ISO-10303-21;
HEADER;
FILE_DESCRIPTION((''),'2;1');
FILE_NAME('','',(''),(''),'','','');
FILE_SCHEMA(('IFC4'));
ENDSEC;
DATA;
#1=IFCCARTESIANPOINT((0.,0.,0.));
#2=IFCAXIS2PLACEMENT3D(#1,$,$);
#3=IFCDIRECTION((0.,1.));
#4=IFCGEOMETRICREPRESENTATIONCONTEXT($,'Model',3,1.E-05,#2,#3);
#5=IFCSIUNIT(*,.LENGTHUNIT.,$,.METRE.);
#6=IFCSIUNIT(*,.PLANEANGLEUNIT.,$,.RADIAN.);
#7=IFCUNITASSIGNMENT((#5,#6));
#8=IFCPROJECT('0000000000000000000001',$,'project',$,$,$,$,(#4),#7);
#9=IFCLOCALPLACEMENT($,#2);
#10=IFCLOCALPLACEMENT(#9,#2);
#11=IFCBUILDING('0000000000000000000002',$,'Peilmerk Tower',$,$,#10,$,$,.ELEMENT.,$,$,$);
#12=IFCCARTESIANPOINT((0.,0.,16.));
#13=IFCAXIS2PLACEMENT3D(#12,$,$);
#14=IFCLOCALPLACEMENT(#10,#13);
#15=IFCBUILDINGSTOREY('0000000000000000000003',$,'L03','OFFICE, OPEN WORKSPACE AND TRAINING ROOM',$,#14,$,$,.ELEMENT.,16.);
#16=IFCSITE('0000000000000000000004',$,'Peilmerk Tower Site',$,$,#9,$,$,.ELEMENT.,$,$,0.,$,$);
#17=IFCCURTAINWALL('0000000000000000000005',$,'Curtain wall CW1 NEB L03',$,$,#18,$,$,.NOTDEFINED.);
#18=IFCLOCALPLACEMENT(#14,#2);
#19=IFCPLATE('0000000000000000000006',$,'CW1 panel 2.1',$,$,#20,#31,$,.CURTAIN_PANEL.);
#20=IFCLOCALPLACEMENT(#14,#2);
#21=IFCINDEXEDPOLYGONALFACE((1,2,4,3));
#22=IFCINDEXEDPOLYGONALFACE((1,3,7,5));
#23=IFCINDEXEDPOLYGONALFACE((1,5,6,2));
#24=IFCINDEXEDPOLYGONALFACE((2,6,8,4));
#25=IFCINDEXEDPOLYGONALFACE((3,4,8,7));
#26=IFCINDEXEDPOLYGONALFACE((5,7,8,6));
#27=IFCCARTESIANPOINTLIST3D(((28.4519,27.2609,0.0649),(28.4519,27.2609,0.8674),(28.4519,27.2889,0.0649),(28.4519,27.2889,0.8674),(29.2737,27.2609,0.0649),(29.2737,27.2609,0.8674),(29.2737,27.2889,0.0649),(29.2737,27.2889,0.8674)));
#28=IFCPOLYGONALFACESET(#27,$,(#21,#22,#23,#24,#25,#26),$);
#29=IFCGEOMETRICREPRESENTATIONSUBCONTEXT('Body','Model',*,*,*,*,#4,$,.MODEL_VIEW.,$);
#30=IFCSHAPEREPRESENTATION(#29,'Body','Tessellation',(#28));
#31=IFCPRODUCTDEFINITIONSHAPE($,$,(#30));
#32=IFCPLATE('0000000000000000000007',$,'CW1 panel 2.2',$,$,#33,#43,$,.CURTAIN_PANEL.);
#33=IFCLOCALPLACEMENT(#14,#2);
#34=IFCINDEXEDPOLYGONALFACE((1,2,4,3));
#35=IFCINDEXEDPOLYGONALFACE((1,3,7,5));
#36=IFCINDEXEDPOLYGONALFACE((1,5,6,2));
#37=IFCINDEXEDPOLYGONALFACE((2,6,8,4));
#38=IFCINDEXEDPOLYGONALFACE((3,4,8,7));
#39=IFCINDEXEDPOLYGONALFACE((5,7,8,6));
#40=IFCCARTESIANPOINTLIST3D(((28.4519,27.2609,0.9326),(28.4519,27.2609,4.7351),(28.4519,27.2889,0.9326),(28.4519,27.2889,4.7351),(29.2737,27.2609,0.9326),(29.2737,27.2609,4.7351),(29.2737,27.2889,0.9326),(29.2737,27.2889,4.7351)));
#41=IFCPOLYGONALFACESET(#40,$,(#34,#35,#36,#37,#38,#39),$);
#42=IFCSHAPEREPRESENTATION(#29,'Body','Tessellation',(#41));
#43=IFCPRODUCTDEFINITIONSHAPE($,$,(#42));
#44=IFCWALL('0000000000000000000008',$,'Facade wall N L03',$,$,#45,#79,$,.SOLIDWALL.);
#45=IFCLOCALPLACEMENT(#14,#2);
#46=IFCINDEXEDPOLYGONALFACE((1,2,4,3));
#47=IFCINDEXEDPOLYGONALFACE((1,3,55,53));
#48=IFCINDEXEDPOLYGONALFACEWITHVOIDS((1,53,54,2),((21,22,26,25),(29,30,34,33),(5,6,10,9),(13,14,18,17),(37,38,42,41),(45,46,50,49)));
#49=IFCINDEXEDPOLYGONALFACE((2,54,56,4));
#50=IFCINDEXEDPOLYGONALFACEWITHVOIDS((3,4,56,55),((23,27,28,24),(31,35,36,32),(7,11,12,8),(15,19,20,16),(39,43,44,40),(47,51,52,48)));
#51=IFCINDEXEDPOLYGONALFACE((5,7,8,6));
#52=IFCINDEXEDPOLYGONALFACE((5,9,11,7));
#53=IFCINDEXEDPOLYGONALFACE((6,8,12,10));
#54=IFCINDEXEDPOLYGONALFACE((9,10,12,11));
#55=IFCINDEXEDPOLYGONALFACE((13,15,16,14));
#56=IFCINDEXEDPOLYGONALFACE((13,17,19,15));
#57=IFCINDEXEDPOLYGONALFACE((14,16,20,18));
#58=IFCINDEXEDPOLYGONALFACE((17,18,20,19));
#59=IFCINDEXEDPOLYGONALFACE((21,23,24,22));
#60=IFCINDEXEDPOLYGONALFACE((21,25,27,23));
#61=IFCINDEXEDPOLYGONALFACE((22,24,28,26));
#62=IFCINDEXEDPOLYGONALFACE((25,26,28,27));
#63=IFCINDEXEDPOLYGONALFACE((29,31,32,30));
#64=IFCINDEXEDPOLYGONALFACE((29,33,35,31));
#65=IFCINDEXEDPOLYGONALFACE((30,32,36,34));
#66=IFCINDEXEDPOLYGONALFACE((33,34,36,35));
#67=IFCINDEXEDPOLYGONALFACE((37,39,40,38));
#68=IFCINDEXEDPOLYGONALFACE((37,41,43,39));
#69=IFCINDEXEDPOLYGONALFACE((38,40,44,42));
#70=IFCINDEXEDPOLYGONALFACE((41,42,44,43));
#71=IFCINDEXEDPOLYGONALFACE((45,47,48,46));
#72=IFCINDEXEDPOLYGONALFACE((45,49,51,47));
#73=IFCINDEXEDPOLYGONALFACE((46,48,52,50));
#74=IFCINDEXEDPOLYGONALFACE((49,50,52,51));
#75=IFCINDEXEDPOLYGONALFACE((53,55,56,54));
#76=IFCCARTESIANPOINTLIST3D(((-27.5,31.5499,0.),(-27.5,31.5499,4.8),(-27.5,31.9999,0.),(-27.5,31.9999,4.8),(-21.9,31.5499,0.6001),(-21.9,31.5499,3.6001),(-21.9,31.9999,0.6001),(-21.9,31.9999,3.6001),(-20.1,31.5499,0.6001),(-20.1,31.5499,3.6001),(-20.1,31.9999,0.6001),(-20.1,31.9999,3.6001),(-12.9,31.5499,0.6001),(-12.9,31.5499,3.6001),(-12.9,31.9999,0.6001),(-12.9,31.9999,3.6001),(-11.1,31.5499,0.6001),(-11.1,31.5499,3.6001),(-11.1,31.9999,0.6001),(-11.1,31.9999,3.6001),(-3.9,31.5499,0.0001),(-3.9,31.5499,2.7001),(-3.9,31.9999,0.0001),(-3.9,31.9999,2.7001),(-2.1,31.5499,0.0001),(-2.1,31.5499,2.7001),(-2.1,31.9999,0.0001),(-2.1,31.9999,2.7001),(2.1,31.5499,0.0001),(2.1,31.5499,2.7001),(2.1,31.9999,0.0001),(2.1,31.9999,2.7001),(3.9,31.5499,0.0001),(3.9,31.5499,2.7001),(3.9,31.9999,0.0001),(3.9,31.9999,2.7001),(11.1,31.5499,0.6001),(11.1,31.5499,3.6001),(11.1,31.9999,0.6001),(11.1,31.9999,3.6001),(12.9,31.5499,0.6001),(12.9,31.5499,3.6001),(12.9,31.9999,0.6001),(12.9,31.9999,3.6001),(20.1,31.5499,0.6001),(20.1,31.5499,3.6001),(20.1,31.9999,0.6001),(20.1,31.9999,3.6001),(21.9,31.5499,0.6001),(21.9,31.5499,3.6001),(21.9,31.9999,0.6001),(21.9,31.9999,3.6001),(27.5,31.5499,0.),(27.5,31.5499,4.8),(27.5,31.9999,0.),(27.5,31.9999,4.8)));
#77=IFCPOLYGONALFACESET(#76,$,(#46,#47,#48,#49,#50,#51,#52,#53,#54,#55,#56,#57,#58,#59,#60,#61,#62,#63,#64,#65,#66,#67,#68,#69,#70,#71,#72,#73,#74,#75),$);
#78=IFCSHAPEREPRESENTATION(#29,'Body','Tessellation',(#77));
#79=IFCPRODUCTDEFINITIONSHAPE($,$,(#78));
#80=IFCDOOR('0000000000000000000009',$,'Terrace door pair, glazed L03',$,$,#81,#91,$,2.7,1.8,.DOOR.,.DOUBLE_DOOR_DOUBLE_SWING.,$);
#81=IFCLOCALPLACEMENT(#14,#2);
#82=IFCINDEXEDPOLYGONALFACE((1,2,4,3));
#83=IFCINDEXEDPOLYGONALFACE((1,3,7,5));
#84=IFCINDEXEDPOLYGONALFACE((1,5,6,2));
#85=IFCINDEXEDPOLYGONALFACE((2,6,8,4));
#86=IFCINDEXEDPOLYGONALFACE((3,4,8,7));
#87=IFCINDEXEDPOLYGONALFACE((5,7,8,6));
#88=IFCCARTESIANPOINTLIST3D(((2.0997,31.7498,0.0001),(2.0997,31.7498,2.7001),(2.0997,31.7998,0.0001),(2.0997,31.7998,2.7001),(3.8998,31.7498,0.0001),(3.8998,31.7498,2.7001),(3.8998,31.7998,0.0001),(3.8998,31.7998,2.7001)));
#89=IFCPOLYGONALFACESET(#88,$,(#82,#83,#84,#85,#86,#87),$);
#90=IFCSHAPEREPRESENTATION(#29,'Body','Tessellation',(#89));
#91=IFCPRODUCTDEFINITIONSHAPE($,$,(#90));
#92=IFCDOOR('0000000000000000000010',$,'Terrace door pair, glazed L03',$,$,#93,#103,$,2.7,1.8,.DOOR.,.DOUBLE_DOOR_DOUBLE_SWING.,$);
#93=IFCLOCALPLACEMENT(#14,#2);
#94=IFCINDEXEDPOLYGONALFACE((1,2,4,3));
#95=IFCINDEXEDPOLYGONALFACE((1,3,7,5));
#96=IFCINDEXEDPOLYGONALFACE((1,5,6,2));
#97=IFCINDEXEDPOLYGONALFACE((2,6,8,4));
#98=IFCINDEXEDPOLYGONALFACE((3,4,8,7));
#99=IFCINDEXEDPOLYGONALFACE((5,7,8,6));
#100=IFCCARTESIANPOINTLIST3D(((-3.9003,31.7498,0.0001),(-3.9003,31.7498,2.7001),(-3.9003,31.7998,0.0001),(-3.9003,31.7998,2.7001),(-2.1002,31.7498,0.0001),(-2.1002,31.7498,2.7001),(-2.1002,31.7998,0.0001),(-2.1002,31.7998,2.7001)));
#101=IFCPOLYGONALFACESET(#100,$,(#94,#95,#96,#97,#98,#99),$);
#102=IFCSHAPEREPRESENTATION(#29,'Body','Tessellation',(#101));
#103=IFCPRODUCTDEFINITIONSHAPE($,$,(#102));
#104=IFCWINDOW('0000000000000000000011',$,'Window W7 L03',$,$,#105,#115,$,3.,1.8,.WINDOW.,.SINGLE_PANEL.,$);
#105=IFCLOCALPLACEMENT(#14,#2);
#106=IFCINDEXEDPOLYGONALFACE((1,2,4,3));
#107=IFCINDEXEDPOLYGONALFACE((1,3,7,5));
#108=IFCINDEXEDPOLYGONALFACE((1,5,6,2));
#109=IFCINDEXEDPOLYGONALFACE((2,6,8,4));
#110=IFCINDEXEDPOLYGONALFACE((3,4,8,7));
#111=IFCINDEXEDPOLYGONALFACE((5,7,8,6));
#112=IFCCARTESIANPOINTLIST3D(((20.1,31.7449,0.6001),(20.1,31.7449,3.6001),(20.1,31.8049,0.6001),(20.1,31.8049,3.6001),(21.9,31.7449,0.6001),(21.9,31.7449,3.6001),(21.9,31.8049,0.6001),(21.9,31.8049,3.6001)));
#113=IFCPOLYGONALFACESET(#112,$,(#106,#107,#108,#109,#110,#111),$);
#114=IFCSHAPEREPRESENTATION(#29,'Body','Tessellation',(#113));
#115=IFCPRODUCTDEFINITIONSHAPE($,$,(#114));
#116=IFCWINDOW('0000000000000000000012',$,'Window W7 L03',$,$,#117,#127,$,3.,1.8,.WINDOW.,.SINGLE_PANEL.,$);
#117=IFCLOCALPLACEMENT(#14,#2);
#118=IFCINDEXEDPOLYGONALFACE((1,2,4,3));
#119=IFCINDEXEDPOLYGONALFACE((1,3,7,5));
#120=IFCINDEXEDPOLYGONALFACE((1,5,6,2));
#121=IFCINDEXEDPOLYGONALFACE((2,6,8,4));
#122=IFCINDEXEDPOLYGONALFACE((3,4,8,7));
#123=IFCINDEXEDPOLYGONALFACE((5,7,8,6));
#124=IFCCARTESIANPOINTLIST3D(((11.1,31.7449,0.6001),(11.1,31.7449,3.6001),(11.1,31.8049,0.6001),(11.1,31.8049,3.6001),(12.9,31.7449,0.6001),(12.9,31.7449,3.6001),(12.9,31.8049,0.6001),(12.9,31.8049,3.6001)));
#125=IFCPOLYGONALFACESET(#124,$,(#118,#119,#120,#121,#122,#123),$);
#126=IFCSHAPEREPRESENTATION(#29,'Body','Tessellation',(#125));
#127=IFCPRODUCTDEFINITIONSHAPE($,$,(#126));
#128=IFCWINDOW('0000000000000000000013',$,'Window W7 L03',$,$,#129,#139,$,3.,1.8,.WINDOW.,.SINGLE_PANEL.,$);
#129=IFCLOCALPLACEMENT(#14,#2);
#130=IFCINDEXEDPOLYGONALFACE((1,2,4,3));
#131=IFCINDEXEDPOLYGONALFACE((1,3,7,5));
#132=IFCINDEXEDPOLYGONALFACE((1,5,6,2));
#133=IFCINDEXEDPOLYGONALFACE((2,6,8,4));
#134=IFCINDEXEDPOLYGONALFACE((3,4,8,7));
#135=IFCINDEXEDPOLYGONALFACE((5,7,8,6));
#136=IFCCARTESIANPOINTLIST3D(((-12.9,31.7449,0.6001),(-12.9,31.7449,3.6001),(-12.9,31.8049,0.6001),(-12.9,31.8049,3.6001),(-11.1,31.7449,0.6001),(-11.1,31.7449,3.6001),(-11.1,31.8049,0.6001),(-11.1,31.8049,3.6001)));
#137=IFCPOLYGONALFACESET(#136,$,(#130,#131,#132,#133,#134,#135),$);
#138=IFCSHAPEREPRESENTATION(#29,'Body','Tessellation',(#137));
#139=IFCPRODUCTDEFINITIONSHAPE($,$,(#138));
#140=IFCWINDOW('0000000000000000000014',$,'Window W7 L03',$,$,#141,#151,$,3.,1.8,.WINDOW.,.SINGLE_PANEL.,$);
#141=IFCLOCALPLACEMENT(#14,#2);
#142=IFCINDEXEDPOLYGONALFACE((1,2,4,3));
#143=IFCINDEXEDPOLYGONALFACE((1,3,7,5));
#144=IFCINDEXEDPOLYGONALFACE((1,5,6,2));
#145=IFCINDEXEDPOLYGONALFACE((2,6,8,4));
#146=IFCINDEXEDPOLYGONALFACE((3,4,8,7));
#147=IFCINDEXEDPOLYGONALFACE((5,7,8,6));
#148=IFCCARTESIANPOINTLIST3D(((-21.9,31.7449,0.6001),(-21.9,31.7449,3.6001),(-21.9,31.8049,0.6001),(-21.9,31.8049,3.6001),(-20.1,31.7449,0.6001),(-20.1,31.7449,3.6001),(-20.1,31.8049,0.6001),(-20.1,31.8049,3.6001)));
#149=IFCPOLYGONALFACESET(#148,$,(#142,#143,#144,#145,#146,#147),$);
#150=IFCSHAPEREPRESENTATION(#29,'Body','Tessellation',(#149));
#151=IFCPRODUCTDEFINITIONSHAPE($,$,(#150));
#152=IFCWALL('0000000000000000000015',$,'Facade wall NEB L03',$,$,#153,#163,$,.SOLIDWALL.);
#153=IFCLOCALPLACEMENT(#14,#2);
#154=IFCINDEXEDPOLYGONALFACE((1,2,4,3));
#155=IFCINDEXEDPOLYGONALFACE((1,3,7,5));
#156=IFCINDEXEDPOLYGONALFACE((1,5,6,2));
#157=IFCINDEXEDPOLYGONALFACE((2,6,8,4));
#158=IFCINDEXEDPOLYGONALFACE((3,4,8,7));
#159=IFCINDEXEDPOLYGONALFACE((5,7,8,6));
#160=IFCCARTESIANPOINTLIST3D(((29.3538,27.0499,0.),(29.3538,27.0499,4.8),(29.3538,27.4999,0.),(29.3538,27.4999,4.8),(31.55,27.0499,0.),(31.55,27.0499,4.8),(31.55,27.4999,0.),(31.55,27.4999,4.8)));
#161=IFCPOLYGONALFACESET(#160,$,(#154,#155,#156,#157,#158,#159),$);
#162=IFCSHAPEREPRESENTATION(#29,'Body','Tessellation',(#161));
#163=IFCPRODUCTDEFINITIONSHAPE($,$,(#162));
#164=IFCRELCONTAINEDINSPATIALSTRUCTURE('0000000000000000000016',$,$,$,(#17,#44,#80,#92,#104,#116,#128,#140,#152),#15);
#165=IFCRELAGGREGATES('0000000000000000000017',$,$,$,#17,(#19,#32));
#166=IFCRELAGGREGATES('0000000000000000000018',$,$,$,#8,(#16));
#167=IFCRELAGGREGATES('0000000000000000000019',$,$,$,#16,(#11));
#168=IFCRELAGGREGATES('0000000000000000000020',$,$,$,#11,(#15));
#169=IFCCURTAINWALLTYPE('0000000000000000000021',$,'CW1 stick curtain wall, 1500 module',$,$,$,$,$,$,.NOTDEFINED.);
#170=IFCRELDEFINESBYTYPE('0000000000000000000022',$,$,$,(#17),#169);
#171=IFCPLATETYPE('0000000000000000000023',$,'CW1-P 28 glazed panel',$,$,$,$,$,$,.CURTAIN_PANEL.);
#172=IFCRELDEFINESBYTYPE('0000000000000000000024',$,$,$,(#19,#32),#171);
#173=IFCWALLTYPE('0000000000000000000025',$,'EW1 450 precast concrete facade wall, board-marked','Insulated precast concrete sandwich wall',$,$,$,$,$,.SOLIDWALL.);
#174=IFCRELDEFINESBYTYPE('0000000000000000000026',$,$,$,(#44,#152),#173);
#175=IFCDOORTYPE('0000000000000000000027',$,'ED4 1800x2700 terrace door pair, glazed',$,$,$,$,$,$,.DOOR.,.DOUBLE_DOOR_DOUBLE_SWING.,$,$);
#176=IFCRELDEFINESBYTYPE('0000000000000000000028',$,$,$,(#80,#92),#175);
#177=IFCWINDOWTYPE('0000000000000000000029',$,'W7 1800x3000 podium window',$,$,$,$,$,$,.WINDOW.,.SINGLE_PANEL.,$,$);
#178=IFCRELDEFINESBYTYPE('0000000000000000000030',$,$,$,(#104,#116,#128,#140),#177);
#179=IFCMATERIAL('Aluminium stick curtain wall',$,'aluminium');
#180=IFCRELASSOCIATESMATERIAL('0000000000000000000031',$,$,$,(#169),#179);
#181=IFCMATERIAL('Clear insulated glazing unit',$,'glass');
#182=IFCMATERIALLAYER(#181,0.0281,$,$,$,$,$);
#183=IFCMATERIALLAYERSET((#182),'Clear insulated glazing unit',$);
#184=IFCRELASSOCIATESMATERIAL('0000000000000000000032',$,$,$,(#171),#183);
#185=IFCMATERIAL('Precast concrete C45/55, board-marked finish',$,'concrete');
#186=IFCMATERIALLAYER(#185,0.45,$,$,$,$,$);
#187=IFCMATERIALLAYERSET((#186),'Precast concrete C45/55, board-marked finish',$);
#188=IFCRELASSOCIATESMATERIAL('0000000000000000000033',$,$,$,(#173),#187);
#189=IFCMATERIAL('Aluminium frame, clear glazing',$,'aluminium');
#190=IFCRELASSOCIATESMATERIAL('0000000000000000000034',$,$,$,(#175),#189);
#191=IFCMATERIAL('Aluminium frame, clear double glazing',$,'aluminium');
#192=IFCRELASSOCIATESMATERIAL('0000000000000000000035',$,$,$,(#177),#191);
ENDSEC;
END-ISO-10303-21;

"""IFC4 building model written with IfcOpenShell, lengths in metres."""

from ifc_helpers import new_model, si_unit, direction, frame, frame_2d, origin, origin_2d, place, context, subcontext, project, spatial, rectangle, extrude, material, layer, layer_set, type_object, element, fill, aggregate, save


model = new_model("IFC4")

# Units and contexts
model_context = context("Model", 3, precision=1e-05, world=origin(), true_north=direction((0.0, 1.0)))
body_context = subcontext(model_context, "Body", "Model", "MODEL_VIEW")
ifc_project = project(units=[si_unit("LENGTHUNIT", "METRE"), si_unit("PLANEANGLEUNIT", "RADIAN")], contexts=[model_context])

# Site, building, storey
site_placement = place(None, origin())
site = spatial("IfcSite", under=ifc_project, at=site_placement, Name="Peilmerk Tower Site", CompositionType="ELEMENT", RefElevation=0.0)
building_placement = place(site_placement, origin())
building = spatial("IfcBuilding", under=site, at=building_placement, Name="Peilmerk Tower", CompositionType="ELEMENT")
storey_placement = place(building_placement, frame((0.0, 0.0, 16.0)))
storey = spatial("IfcBuildingStorey", under=building, at=storey_placement, Name="L03", Description="OFFICE, OPEN WORKSPACE AND TRAINING ROOM", CompositionType="ELEMENT", Elevation=16.0)

# Curtain wall, plates
ifc_material_1 = material(Name="Aluminium stick curtain wall", Category="aluminium")
curtain_wall_type = type_object("IfcCurtainWallType", Name="CW1 stick curtain wall, 1500 module", PredefinedType="NOTDEFINED", material=ifc_material_1)
curtain_wall_placement = place(storey_placement, origin())
curtain_wall = element("IfcCurtainWall", 1, at=curtain_wall_placement, inside=storey, type_object=curtain_wall_type, Name="Curtain wall CW1 NEB L03", PredefinedType="NOTDEFINED")
ifc_material_2 = material(Name="Clear insulated glazing unit", Category="glass")
ifc_layer_1 = layer(ifc_material_2, 0.0281)
ifc_layer_set_1 = layer_set([ifc_layer_1], Name="Clear insulated glazing unit")
plate_type = type_object("IfcPlateType", Name="CW1-P 28 glazed panel", PredefinedType="CURTAIN_PANEL", material=ifc_layer_set_1)
plate_1_placement = place(storey_placement, frame((28.8628, 27.2749, 0.0649), z_axis=(0.0, 0.0, 1.0), x_axis=(1.0, 0.0, 0.0)))
plate_1 = element("IfcPlate", 2, at=plate_1_placement, type_object=plate_type, Name="CW1 panel 2.1", PredefinedType="CURTAIN_PANEL", context=body_context, shape_type="SweptSolid", body=[
    extrude(rectangle(XDim=0.8218, YDim=0.0281, at=origin_2d()), origin(), (0.0, 0.0, 1.0), 0.8025),
])
plate_2_placement = place(storey_placement, frame((28.8628, 27.2749, 0.9326), z_axis=(0.0, 0.0, 1.0), x_axis=(1.0, 0.0, 0.0)))
plate_2 = element("IfcPlate", 3, at=plate_2_placement, type_object=plate_type, Name="CW1 panel 2.2", PredefinedType="CURTAIN_PANEL", context=body_context, shape_type="SweptSolid", body=[
    extrude(rectangle(XDim=0.8218, YDim=0.0281, at=origin_2d()), origin(), (0.0, 0.0, 1.0), 3.8025),
])
aggregate(curtain_wall, [plate_1, plate_2])

# Wall, openings, doors, windows
ifc_material_3 = material(Name="Precast concrete C45/55, board-marked finish", Category="concrete")
ifc_layer_2 = layer(ifc_material_3, 0.45)
ifc_layer_set_2 = layer_set([ifc_layer_2], Name="Precast concrete C45/55, board-marked finish")
wall_type = type_object("IfcWallType", Name="EW1 450 precast concrete facade wall, board-marked", Description="Insulated precast concrete sandwich wall", PredefinedType="SOLIDWALL", material=ifc_layer_set_2)
wall_1_placement = place(storey_placement, frame((27.5, 31.7749, 0.0), z_axis=(0.0, 0.0, 1.0), x_axis=(-1.0, 0.0, 0.0)))
wall_1 = element("IfcWall", 4, at=wall_1_placement, inside=storey, type_object=wall_type, Name="Facade wall N L03", PredefinedType="SOLIDWALL", context=body_context, shape_type="SweptSolid", body=[
    extrude(rectangle(XDim=55.0, YDim=0.45, at=frame_2d((27.5, 0.0))), origin(), (0.0, 0.0, 1.0), 4.8),
])
opening_1_placement = place(wall_1_placement, frame((5.6001, 0.0, 0.6001)))
opening_1 = element("IfcOpeningElement", 5, at=opening_1_placement, cuts=wall_1, PredefinedType="OPENING", context=body_context, shape_type="SweptSolid", body=[
    extrude(rectangle(XDim=1.8, YDim=3.0, at=frame_2d((0.8999, 1.5))), frame((0.0, 0.2349, 0.0), z_axis=(0.0, -1.0, 0.0), x_axis=(1.0, 0.0, 0.0)), (0.0, 0.0, 1.0), 0.47),
])
opening_2_placement = place(wall_1_placement, frame((14.6001, 0.0, 0.6001)))
opening_2 = element("IfcOpeningElement", 6, at=opening_2_placement, cuts=wall_1, PredefinedType="OPENING", context=body_context, shape_type="SweptSolid", body=[
    extrude(rectangle(XDim=1.8, YDim=3.0, at=frame_2d((0.8999, 1.5))), frame((0.0, 0.2349, 0.0), z_axis=(0.0, -1.0, 0.0), x_axis=(1.0, 0.0, 0.0)), (0.0, 0.0, 1.0), 0.47),
])
opening_3_placement = place(wall_1_placement, frame((38.6001, 0.0, 0.6001)))
opening_3 = element("IfcOpeningElement", 7, at=opening_3_placement, cuts=wall_1, PredefinedType="OPENING", context=body_context, shape_type="SweptSolid", body=[
    extrude(rectangle(XDim=1.8, YDim=3.0, at=frame_2d((0.8999, 1.5))), frame((0.0, 0.2349, 0.0), z_axis=(0.0, -1.0, 0.0), x_axis=(1.0, 0.0, 0.0)), (0.0, 0.0, 1.0), 0.47),
])
opening_4_placement = place(wall_1_placement, frame((47.6001, 0.0, 0.6001)))
opening_4 = element("IfcOpeningElement", 8, at=opening_4_placement, cuts=wall_1, PredefinedType="OPENING", context=body_context, shape_type="SweptSolid", body=[
    extrude(rectangle(XDim=1.8, YDim=3.0, at=frame_2d((0.8999, 1.5))), frame((0.0, 0.2349, 0.0), z_axis=(0.0, -1.0, 0.0), x_axis=(1.0, 0.0, 0.0)), (0.0, 0.0, 1.0), 0.47),
])
opening_5_placement = place(wall_1_placement, frame((23.6001, 0.0, 0.0)))
opening_5 = element("IfcOpeningElement", 9, at=opening_5_placement, cuts=wall_1, PredefinedType="OPENING", context=body_context, shape_type="SweptSolid", body=[
    extrude(rectangle(XDim=1.8, YDim=2.7, at=frame_2d((0.8999, 1.3501))), frame((0.0, 0.2349, 0.0), z_axis=(0.0, -1.0, 0.0), x_axis=(1.0, 0.0, 0.0)), (0.0, 0.0, 1.0), 0.47),
])
opening_6_placement = place(wall_1_placement, frame((29.6001, 0.0, 0.0)))
opening_6 = element("IfcOpeningElement", 10, at=opening_6_placement, cuts=wall_1, PredefinedType="OPENING", context=body_context, shape_type="SweptSolid", body=[
    extrude(rectangle(XDim=1.8, YDim=2.7, at=frame_2d((0.8999, 1.3501))), frame((0.0, 0.2349, 0.0), z_axis=(0.0, -1.0, 0.0), x_axis=(1.0, 0.0, 0.0)), (0.0, 0.0, 1.0), 0.47),
])
ifc_material_4 = material(Name="Aluminium frame, clear glazing", Category="aluminium")
door_type = type_object("IfcDoorType", Name="ED4 1800x2700 terrace door pair, glazed", OperationType="DOUBLE_DOOR_DOUBLE_SWING", PredefinedType="DOOR", material=ifc_material_4)
door_1_placement = place(opening_5_placement, frame((1.8, 0.0, 0.0), z_axis=(0.0, 0.0, 1.0), x_axis=(-1.0, 0.0, 0.0)))
door_1 = element("IfcDoor", 11, at=door_1_placement, inside=storey, type_object=door_type, Name="Terrace door pair, glazed L03", OperationType="DOUBLE_DOOR_DOUBLE_SWING", OverallHeight=2.7, OverallWidth=1.8, PredefinedType="DOOR", context=body_context, shape_type="SweptSolid", body=[
    extrude(rectangle(XDim=1.8, YDim=2.7, at=frame_2d((0.8999, 1.3501))), frame((0.0, 0.0249, 0.0), z_axis=(0.0, -1.0, 0.0), x_axis=(1.0, 0.0, 0.0)), (0.0, 0.0, 1.0), 0.05),
])
fill(opening_5, door_1)
door_2_placement = place(opening_6_placement, frame((1.8, 0.0, 0.0), z_axis=(0.0, 0.0, 1.0), x_axis=(-1.0, 0.0, 0.0)))
door_2 = element("IfcDoor", 12, at=door_2_placement, inside=storey, type_object=door_type, Name="Terrace door pair, glazed L03", OperationType="DOUBLE_DOOR_DOUBLE_SWING", OverallHeight=2.7, OverallWidth=1.8, PredefinedType="DOOR", context=body_context, shape_type="SweptSolid", body=[
    extrude(rectangle(XDim=1.8, YDim=2.7, at=frame_2d((0.8999, 1.3501))), frame((0.0, 0.0249, 0.0), z_axis=(0.0, -1.0, 0.0), x_axis=(1.0, 0.0, 0.0)), (0.0, 0.0, 1.0), 0.05),
])
fill(opening_6, door_2)
ifc_material_5 = material(Name="Aluminium frame, clear double glazing", Category="aluminium")
window_type = type_object("IfcWindowType", Name="W7 1800x3000 podium window", PartitioningType="SINGLE_PANEL", PredefinedType="WINDOW", material=ifc_material_5)
window_1_placement = place(opening_1_placement, origin())
window_1 = element("IfcWindow", 13, at=window_1_placement, inside=storey, type_object=window_type, Name="Window W7 L03", OverallHeight=3.0, OverallWidth=1.8, PartitioningType="SINGLE_PANEL", PredefinedType="WINDOW", context=body_context, shape_type="SweptSolid", body=[
    extrude(rectangle(XDim=1.8, YDim=3.0, at=frame_2d((0.8999, 1.5))), frame((0.0, 0.03, 0.0), z_axis=(0.0, -1.0, 0.0), x_axis=(1.0, 0.0, 0.0)), (0.0, 0.0, 1.0), 0.0601),
])
fill(opening_1, window_1)
window_2_placement = place(opening_2_placement, origin())
window_2 = element("IfcWindow", 14, at=window_2_placement, inside=storey, type_object=window_type, Name="Window W7 L03", OverallHeight=3.0, OverallWidth=1.8, PartitioningType="SINGLE_PANEL", PredefinedType="WINDOW", context=body_context, shape_type="SweptSolid", body=[
    extrude(rectangle(XDim=1.8, YDim=3.0, at=frame_2d((0.8999, 1.5))), frame((0.0, 0.03, 0.0), z_axis=(0.0, -1.0, 0.0), x_axis=(1.0, 0.0, 0.0)), (0.0, 0.0, 1.0), 0.0601),
])
fill(opening_2, window_2)
window_3_placement = place(opening_3_placement, origin())
window_3 = element("IfcWindow", 15, at=window_3_placement, inside=storey, type_object=window_type, Name="Window W7 L03", OverallHeight=3.0, OverallWidth=1.8, PartitioningType="SINGLE_PANEL", PredefinedType="WINDOW", context=body_context, shape_type="SweptSolid", body=[
    extrude(rectangle(XDim=1.8, YDim=3.0, at=frame_2d((0.8999, 1.5))), frame((0.0, 0.03, 0.0), z_axis=(0.0, -1.0, 0.0), x_axis=(1.0, 0.0, 0.0)), (0.0, 0.0, 1.0), 0.0601),
])
fill(opening_3, window_3)
window_4_placement = place(opening_4_placement, origin())
window_4 = element("IfcWindow", 16, at=window_4_placement, inside=storey, type_object=window_type, Name="Window W7 L03", OverallHeight=3.0, OverallWidth=1.8, PartitioningType="SINGLE_PANEL", PredefinedType="WINDOW", context=body_context, shape_type="SweptSolid", body=[
    extrude(rectangle(XDim=1.8, YDim=3.0, at=frame_2d((0.8999, 1.5))), frame((0.0, 0.03, 0.0), z_axis=(0.0, -1.0, 0.0), x_axis=(1.0, 0.0, 0.0)), (0.0, 0.0, 1.0), 0.0601),
])
fill(opening_4, window_4)

# Wall
wall_2_placement = place(storey_placement, frame((29.3538, 27.2749, 0.0), z_axis=(0.0, 0.0, 1.0), x_axis=(1.0, 0.0, 0.0)))
element("IfcWall", 17, at=wall_2_placement, inside=storey, type_object=wall_type, Name="Facade wall NEB L03", PredefinedType="SOLIDWALL", context=body_context, shape_type="SweptSolid", body=[
    extrude(rectangle(XDim=2.1963, YDim=0.45, at=frame_2d((1.0981, 0.0))), origin(), (0.0, 0.0, 1.0), 4.8),
])

save(model, "model.ifc")
